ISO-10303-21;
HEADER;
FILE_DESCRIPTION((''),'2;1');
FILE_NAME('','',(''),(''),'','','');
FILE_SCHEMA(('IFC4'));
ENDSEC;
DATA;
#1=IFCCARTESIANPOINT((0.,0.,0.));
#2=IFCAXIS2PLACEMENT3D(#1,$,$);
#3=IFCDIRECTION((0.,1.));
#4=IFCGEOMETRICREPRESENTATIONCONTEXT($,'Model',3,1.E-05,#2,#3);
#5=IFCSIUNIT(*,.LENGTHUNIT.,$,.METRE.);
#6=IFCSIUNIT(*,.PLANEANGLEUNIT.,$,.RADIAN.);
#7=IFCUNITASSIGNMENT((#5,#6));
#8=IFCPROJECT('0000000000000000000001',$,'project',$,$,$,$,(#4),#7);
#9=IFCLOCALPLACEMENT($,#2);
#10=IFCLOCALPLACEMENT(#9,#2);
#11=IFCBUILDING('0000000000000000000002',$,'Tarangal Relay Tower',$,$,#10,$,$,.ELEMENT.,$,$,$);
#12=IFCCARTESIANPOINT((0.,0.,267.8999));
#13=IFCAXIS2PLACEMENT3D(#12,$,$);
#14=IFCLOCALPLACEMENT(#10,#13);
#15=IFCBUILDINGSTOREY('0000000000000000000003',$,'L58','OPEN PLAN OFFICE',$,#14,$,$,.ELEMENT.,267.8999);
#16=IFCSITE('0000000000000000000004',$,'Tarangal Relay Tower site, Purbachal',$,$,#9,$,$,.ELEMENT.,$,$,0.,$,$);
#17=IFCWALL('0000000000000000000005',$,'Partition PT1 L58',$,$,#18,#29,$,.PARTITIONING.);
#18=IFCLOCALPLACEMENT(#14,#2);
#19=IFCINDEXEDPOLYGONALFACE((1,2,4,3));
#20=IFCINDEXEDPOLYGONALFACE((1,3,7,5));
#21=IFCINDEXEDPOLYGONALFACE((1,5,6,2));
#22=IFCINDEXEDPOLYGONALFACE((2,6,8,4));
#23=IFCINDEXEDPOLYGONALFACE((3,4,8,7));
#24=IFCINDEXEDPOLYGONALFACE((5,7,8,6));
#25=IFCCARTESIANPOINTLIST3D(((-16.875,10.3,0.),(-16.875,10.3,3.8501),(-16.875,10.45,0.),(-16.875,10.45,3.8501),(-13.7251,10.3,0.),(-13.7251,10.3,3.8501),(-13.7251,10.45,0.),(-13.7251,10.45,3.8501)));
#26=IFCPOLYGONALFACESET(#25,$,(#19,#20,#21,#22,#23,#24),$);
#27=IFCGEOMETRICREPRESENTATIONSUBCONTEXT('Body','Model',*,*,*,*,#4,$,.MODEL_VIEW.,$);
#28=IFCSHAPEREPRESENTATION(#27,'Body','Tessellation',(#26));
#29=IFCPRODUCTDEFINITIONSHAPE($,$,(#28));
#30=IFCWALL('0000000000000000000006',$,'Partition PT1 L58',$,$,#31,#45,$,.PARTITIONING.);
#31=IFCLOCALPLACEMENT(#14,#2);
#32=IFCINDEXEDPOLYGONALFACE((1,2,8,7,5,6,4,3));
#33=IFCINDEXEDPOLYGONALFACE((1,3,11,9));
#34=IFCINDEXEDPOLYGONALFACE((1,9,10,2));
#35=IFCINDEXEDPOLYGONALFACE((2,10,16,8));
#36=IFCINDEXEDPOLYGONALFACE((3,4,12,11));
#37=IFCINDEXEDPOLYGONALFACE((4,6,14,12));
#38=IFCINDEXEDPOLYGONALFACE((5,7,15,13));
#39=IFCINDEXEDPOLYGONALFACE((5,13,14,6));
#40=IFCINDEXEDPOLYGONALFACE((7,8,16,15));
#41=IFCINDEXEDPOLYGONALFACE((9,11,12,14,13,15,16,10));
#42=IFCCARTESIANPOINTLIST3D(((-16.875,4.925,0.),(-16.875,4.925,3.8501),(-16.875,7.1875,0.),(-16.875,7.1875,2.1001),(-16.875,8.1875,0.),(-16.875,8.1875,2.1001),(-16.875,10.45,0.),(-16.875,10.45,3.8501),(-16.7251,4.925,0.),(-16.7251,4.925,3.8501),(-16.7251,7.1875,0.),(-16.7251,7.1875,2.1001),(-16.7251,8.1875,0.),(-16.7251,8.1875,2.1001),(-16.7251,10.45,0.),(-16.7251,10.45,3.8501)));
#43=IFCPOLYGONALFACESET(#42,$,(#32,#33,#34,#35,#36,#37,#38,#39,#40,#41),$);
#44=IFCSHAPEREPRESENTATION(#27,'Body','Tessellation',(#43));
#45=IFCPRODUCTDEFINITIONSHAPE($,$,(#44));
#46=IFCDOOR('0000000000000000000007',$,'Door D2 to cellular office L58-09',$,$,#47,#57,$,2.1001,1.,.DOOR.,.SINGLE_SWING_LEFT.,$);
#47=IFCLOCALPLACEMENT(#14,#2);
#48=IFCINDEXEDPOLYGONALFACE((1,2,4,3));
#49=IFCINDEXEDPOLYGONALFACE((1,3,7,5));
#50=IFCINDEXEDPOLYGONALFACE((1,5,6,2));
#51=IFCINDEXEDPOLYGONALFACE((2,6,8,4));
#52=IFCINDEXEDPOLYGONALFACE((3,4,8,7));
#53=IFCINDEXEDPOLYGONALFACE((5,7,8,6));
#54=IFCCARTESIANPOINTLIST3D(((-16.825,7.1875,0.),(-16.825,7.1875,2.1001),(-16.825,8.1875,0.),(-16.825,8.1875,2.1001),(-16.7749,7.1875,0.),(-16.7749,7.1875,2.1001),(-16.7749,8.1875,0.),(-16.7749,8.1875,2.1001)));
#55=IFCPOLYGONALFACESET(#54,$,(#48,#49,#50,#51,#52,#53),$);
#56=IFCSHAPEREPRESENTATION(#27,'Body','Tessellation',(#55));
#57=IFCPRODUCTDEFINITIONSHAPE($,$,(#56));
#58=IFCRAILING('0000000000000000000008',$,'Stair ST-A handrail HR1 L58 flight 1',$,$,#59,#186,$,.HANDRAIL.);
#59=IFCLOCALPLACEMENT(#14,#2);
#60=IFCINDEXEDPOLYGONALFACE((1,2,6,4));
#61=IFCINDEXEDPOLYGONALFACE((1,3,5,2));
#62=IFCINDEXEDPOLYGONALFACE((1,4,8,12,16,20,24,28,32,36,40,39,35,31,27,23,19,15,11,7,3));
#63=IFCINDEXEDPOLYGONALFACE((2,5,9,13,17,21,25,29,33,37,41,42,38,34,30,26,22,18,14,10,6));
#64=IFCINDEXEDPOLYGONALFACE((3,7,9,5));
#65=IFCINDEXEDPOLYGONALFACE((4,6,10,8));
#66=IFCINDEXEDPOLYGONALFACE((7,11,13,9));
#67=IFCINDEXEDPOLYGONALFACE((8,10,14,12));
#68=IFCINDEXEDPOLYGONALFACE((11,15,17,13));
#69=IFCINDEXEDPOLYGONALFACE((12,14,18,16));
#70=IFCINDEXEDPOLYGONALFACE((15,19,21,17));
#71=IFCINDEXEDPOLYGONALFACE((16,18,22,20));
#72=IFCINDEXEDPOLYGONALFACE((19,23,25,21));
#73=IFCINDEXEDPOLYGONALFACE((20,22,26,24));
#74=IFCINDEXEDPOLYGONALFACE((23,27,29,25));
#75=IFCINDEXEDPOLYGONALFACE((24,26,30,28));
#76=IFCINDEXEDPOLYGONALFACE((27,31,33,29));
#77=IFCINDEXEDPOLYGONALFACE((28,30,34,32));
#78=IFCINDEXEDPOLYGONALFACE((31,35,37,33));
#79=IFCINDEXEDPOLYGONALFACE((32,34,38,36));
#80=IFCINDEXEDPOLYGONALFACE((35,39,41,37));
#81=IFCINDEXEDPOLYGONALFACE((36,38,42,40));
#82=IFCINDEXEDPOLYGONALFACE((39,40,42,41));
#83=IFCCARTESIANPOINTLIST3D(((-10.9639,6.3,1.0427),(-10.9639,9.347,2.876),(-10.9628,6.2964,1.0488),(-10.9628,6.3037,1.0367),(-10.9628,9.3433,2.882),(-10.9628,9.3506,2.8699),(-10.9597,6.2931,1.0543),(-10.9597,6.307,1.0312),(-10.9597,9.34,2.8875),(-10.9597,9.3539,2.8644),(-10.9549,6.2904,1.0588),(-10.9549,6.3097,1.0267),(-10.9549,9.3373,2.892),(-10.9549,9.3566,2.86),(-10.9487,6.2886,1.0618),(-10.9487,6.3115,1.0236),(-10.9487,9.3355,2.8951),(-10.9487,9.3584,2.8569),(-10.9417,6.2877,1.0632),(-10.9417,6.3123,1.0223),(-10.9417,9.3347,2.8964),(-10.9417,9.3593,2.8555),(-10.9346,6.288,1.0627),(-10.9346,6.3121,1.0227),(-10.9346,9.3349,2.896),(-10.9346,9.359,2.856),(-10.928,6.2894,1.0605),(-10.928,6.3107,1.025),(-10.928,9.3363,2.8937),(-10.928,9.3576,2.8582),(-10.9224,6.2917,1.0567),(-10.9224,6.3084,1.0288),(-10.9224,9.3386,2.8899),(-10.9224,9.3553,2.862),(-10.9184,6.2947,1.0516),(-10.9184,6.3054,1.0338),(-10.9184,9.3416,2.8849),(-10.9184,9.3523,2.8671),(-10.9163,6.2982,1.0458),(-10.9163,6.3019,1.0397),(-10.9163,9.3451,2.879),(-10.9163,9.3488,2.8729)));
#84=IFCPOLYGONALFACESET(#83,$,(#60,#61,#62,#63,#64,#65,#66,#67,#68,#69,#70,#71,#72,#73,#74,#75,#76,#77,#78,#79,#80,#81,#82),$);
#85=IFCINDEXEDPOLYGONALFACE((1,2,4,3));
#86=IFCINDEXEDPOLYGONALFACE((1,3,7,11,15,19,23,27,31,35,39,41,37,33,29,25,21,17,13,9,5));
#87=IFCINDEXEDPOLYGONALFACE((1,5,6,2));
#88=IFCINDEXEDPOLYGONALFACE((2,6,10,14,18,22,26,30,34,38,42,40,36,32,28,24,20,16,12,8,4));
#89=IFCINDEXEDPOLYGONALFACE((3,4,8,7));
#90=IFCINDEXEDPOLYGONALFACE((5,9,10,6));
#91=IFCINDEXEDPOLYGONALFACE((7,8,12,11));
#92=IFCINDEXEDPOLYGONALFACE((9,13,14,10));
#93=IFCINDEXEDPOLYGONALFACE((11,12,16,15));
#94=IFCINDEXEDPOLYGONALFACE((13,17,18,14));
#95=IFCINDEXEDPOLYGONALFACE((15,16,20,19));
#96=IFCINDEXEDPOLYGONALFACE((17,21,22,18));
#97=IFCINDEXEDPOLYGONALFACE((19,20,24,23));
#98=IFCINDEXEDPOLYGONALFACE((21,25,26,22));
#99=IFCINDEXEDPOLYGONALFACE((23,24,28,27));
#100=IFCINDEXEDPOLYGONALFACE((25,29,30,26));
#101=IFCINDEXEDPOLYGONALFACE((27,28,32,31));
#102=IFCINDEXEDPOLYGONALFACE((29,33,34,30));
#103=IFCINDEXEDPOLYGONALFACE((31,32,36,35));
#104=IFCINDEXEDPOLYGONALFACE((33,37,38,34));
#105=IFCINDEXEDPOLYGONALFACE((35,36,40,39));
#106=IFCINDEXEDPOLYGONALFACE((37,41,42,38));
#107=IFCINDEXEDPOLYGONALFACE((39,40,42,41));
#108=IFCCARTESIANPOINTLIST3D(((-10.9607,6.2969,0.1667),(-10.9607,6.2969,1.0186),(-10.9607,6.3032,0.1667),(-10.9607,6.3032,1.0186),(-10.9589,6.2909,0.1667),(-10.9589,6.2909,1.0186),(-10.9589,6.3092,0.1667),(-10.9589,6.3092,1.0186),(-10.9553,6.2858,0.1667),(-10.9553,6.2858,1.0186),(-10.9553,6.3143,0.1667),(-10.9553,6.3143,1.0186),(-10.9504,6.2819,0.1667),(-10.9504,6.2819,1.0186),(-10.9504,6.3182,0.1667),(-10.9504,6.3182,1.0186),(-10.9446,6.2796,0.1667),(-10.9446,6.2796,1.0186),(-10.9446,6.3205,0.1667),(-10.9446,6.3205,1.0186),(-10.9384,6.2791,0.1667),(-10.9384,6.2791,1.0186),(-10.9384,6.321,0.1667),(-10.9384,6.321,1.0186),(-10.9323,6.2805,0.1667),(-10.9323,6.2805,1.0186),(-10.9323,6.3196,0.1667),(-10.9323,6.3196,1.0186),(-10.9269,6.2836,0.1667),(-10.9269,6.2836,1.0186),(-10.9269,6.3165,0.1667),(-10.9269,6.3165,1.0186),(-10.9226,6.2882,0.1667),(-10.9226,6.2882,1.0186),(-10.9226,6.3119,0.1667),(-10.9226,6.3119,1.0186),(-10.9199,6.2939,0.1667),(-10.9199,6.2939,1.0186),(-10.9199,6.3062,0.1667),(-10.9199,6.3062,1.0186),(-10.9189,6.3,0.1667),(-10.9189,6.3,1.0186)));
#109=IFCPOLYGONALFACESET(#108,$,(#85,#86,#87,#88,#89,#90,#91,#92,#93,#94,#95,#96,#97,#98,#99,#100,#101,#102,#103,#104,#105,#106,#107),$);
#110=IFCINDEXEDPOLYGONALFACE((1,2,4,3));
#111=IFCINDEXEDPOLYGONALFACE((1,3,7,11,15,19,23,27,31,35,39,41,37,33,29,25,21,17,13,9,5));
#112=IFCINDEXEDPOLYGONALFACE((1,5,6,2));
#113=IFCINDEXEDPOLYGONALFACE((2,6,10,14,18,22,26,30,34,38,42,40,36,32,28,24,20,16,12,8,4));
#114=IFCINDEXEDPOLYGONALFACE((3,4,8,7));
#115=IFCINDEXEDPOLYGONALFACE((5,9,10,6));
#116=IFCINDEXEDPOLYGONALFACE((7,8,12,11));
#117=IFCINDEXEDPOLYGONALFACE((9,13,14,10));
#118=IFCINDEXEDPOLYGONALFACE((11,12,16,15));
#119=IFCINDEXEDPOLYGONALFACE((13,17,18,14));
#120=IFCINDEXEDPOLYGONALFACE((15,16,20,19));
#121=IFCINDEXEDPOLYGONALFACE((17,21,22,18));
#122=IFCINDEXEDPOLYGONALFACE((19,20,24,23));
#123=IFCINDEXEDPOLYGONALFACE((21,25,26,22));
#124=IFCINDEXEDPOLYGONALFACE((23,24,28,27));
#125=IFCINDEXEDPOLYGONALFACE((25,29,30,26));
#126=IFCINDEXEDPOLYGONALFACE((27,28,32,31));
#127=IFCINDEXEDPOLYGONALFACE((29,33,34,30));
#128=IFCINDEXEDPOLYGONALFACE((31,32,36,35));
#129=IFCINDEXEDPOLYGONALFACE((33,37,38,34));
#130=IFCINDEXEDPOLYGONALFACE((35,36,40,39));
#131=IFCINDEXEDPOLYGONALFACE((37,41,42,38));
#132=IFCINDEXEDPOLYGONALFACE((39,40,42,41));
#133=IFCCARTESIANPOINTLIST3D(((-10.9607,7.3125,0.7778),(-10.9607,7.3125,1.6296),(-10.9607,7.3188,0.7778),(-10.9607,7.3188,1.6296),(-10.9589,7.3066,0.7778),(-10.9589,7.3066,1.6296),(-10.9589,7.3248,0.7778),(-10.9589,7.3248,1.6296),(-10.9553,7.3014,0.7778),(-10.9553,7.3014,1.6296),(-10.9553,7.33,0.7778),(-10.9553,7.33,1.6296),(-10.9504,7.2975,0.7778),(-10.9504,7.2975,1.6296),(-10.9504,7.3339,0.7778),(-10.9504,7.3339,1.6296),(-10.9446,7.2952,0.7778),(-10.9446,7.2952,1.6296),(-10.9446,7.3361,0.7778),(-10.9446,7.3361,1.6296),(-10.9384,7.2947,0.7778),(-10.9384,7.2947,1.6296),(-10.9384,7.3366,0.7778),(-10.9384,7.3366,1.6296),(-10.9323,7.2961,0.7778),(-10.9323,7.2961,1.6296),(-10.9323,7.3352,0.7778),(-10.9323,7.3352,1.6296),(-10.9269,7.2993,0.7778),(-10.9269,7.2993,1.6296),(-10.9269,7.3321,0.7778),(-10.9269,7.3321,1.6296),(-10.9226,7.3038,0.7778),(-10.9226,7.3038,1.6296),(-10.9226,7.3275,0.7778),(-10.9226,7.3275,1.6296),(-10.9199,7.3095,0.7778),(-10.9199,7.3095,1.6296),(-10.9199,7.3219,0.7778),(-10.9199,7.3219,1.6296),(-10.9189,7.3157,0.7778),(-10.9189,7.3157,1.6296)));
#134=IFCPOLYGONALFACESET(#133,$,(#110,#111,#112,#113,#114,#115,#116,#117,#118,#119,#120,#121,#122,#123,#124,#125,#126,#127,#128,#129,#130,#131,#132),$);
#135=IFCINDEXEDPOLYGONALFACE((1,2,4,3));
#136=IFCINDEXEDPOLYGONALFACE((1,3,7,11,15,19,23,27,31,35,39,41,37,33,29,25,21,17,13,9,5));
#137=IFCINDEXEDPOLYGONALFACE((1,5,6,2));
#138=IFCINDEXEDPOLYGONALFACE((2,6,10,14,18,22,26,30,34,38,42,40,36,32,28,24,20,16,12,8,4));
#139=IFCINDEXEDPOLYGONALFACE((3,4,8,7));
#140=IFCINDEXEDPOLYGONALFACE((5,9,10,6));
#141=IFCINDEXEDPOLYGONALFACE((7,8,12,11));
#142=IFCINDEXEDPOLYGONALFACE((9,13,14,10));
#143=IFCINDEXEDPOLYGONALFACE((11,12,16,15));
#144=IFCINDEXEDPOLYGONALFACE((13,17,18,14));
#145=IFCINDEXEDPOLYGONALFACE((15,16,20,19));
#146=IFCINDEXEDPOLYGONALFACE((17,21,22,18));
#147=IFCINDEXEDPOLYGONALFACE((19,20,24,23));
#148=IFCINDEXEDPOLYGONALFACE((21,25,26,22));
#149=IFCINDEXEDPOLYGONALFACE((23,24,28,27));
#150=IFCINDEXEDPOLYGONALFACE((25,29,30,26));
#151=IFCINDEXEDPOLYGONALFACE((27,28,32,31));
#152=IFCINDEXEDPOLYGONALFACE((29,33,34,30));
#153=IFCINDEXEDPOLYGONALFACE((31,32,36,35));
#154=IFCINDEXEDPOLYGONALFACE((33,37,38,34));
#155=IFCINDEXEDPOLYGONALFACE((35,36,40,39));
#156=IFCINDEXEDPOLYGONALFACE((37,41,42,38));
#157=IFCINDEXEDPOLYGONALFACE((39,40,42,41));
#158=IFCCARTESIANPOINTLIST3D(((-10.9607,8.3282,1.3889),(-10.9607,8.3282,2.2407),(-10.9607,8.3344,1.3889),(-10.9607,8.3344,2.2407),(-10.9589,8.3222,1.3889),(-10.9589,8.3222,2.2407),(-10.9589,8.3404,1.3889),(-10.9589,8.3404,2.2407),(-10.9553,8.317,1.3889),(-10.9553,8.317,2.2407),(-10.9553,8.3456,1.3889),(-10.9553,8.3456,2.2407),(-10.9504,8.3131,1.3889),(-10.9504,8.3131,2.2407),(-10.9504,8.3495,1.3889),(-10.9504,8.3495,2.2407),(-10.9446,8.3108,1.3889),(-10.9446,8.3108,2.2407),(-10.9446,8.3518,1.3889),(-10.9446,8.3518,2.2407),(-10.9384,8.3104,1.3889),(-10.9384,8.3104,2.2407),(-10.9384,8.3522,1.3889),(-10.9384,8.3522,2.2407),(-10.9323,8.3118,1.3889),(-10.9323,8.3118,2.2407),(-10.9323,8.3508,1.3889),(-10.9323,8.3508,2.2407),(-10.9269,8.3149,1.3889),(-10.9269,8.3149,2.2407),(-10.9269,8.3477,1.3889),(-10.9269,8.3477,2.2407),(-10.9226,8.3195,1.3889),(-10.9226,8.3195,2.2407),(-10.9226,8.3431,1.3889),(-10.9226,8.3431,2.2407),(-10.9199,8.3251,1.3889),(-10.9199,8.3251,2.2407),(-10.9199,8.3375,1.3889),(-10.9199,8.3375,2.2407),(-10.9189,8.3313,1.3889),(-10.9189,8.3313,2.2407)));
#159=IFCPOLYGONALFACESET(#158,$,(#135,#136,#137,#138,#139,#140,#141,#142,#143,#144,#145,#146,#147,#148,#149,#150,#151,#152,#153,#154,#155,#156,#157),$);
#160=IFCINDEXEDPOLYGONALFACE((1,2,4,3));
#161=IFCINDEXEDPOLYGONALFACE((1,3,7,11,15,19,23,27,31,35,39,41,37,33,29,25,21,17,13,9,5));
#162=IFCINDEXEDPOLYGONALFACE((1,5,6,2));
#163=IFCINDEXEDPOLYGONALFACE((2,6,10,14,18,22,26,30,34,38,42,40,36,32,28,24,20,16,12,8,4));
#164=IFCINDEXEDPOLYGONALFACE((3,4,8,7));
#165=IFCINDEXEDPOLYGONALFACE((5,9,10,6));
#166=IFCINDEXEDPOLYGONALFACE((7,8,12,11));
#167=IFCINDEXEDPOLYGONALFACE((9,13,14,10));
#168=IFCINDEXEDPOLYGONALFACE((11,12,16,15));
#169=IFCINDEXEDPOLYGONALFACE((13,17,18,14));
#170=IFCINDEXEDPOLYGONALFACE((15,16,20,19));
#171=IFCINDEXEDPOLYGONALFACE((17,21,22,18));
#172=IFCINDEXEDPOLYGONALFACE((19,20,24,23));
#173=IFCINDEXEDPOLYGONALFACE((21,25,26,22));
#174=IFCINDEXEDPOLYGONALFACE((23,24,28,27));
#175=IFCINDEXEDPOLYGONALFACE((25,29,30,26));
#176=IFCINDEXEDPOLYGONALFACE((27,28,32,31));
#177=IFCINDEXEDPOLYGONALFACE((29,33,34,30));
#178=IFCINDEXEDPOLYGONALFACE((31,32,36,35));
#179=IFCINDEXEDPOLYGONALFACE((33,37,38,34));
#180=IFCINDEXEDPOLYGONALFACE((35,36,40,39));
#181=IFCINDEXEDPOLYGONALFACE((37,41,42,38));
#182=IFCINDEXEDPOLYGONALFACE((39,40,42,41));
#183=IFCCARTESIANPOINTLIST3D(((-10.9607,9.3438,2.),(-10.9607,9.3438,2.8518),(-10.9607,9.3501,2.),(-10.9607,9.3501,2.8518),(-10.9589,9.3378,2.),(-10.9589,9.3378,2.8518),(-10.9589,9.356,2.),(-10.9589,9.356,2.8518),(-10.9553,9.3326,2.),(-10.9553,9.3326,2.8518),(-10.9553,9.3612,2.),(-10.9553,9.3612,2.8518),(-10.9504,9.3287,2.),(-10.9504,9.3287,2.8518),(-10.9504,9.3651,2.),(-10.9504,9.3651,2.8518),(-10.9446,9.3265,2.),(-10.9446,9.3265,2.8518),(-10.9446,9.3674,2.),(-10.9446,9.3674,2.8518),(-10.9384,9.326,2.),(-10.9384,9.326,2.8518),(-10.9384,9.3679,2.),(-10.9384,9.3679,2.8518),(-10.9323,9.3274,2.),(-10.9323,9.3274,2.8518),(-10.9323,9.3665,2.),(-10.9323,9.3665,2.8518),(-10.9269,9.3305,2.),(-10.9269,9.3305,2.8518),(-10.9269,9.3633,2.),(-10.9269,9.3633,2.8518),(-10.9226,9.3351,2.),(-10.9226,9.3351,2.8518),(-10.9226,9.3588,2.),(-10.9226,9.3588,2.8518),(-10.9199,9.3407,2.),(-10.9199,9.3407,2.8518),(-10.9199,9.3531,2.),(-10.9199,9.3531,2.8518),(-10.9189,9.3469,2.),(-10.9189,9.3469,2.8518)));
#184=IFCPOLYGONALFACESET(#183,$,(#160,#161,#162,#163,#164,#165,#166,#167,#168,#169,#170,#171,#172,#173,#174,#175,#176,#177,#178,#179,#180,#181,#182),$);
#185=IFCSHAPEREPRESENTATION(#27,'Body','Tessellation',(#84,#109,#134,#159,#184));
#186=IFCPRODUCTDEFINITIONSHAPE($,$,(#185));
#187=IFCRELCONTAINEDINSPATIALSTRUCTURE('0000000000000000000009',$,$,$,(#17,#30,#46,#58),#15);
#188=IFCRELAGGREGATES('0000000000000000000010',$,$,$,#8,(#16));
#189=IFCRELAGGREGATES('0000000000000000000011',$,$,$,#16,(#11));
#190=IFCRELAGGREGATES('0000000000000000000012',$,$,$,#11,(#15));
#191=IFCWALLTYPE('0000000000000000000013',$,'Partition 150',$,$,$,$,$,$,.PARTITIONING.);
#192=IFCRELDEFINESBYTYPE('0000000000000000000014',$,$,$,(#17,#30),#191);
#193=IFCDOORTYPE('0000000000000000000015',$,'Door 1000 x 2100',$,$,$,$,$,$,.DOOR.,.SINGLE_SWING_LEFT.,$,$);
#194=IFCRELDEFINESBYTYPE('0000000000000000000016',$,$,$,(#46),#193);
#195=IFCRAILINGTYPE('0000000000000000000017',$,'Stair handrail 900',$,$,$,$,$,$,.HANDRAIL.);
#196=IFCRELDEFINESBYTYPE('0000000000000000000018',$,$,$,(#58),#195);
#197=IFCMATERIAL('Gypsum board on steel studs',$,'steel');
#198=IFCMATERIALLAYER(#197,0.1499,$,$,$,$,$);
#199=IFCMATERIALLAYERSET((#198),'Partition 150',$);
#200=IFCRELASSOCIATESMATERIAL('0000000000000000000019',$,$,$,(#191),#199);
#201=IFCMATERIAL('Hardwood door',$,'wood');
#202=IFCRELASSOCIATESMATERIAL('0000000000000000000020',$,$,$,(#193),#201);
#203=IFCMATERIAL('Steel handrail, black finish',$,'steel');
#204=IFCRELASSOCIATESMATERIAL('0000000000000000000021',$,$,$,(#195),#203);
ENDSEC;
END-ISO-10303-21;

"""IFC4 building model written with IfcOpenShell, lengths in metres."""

from ifc_helpers import new_model, si_unit, direction, frame, frame_2d, origin, origin_2d, place, context, subcontext, project, spatial, rectangle, circle, extrude, material, layer, layer_set, type_object, element, fill, save


model = new_model("IFC4")

# Units and contexts
model_context = context("Model", 3, precision=1e-05, world=origin(), true_north=direction((0.0, 1.0)))
body_context = subcontext(model_context, "Body", "Model", "MODEL_VIEW")
ifc_project = project(units=[si_unit("LENGTHUNIT", "METRE"), si_unit("PLANEANGLEUNIT", "RADIAN")], contexts=[model_context])

# Site, building, storey
site_placement = place(None, origin())
site = spatial("IfcSite", under=ifc_project, at=site_placement, Name="Tarangal Relay Tower site, Purbachal", CompositionType="ELEMENT", RefElevation=0.0)
building_placement = place(site_placement, origin())
building = spatial("IfcBuilding", under=site, at=building_placement, Name="Tarangal Relay Tower", CompositionType="ELEMENT")
storey_placement = place(building_placement, frame((0.0, 0.0, 267.8999)))
storey = spatial("IfcBuildingStorey", under=building, at=storey_placement, Name="L58", Description="OPEN PLAN OFFICE", CompositionType="ELEMENT", Elevation=267.8999)

# Wall
ifc_material_1 = material(Name="Gypsum board on steel studs", Category="steel")
ifc_layer_1 = layer(ifc_material_1, 0.1499)
ifc_layer_set_1 = layer_set([ifc_layer_1], Name="Partition 150")
wall_type_1 = type_object("IfcWallType", Name="Partition 150", PredefinedType="PARTITIONING", material=ifc_layer_set_1)
for number, where, z_axis, x_axis, name in (
    (1, (-16.875, 10.375, 0.0), (0.0, 0.0, 1.0), (1.0, 0.0, 0.0), "Partition PT1 L58"),
):
    element("IfcWall", number, at=place(storey_placement, frame(where, z_axis=z_axis, x_axis=x_axis)), inside=storey, type_object=wall_type_1, Name=name, PredefinedType="PARTITIONING", context=body_context, shape_type="SweptSolid", body=[
        extrude(rectangle(XDim=3.1499, YDim=0.1499, at=frame_2d((1.575, 0.0))), origin(), (0.0, 0.0, 1.0), 3.8501),
    ])

# Wall, opening, door
wall_1_placement = place(storey_placement, frame((-16.8, 4.925, 0.0), z_axis=(0.0, 0.0, 1.0), x_axis=(0.0, 1.0, 0.0)))
wall_1 = element("IfcWall", 2, at=wall_1_placement, inside=storey, type_object=wall_type_1, Name="Partition PT1 L58", PredefinedType="PARTITIONING", context=body_context, shape_type="SweptSolid", body=[
    extrude(rectangle(XDim=5.5249, YDim=0.1499, at=frame_2d((2.7625, 0.0))), origin(), (0.0, 0.0, 1.0), 3.8501),
])
opening_1_placement = place(wall_1_placement, frame((2.2625, 0.0, 0.0)))
opening_1 = element("IfcOpeningElement", 3, at=opening_1_placement, cuts=wall_1, PredefinedType="OPENING", context=body_context, shape_type="SweptSolid", body=[
    extrude(rectangle(XDim=1.0, YDim=2.1001, at=frame_2d((0.5, 1.05))), frame((0.0, 0.085, 0.0), z_axis=(0.0, -1.0, 0.0), x_axis=(1.0, 0.0, 0.0)), (0.0, 0.0, 1.0), 0.1699),
])
ifc_material_2 = material(Name="Hardwood door", Category="wood")
door_type_1 = type_object("IfcDoorType", Name="Door 1000 x 2100", OperationType="SINGLE_SWING_LEFT", PredefinedType="DOOR", material=ifc_material_2)
door_1_placement = place(opening_1_placement, origin())
door_1 = element("IfcDoor", 4, at=door_1_placement, inside=storey, type_object=door_type_1, Name="Door D2 to cellular office L58-09", OperationType="SINGLE_SWING_LEFT", OverallHeight=2.1001, OverallWidth=1.0, PredefinedType="DOOR", context=body_context, shape_type="SweptSolid", body=[
    extrude(rectangle(XDim=1.0, YDim=2.1001, at=frame_2d((0.5, 1.05))), frame((0.0, 0.0249, 0.0), z_axis=(0.0, -1.0, 0.0), x_axis=(1.0, 0.0, 0.0)), (0.0, 0.0, 1.0), 0.05),
])
fill(opening_1, door_1)

# Railing
ifc_material_3 = material(Name="Steel handrail, black finish", Category="steel")
railing_type = type_object("IfcRailingType", Name="Stair handrail 900", PredefinedType="HANDRAIL", material=ifc_material_3)
railing_placement = place(storey_placement, frame((-10.9399, 6.3, 0.1667)))
element("IfcRailing", 5, at=railing_placement, inside=storey, type_object=railing_type, Name="Stair ST-A handrail HR1 L58 flight 1", PredefinedType="HANDRAIL", context=body_context, shape_type="SweptSolid", body=[
    extrude(circle(Radius=0.0239, at=origin_2d()), frame((0.0, 0.0, 0.876), z_axis=(0.0, 0.856856, 0.515556), x_axis=(-1.0, 0.0, 0.0)), (0.0, 0.0, 1.0), 3.5559),
    extrude(circle(Radius=0.021, at=origin_2d()), origin(), (0.0, 0.0, 1.0), 0.8518),
    extrude(circle(Radius=0.021, at=origin_2d()), frame((0.0, 1.0156, 0.6111)), (0.0, 0.0, 1.0), 0.8518),
    extrude(circle(Radius=0.021, at=origin_2d()), frame((0.0, 2.0312, 1.2222)), (0.0, 0.0, 1.0), 0.8518),
    extrude(circle(Radius=0.021, at=origin_2d()), frame((0.0, 3.0469, 1.8333)), (0.0, 0.0, 1.0), 0.8518),
])

save(model, "model.ifc")
